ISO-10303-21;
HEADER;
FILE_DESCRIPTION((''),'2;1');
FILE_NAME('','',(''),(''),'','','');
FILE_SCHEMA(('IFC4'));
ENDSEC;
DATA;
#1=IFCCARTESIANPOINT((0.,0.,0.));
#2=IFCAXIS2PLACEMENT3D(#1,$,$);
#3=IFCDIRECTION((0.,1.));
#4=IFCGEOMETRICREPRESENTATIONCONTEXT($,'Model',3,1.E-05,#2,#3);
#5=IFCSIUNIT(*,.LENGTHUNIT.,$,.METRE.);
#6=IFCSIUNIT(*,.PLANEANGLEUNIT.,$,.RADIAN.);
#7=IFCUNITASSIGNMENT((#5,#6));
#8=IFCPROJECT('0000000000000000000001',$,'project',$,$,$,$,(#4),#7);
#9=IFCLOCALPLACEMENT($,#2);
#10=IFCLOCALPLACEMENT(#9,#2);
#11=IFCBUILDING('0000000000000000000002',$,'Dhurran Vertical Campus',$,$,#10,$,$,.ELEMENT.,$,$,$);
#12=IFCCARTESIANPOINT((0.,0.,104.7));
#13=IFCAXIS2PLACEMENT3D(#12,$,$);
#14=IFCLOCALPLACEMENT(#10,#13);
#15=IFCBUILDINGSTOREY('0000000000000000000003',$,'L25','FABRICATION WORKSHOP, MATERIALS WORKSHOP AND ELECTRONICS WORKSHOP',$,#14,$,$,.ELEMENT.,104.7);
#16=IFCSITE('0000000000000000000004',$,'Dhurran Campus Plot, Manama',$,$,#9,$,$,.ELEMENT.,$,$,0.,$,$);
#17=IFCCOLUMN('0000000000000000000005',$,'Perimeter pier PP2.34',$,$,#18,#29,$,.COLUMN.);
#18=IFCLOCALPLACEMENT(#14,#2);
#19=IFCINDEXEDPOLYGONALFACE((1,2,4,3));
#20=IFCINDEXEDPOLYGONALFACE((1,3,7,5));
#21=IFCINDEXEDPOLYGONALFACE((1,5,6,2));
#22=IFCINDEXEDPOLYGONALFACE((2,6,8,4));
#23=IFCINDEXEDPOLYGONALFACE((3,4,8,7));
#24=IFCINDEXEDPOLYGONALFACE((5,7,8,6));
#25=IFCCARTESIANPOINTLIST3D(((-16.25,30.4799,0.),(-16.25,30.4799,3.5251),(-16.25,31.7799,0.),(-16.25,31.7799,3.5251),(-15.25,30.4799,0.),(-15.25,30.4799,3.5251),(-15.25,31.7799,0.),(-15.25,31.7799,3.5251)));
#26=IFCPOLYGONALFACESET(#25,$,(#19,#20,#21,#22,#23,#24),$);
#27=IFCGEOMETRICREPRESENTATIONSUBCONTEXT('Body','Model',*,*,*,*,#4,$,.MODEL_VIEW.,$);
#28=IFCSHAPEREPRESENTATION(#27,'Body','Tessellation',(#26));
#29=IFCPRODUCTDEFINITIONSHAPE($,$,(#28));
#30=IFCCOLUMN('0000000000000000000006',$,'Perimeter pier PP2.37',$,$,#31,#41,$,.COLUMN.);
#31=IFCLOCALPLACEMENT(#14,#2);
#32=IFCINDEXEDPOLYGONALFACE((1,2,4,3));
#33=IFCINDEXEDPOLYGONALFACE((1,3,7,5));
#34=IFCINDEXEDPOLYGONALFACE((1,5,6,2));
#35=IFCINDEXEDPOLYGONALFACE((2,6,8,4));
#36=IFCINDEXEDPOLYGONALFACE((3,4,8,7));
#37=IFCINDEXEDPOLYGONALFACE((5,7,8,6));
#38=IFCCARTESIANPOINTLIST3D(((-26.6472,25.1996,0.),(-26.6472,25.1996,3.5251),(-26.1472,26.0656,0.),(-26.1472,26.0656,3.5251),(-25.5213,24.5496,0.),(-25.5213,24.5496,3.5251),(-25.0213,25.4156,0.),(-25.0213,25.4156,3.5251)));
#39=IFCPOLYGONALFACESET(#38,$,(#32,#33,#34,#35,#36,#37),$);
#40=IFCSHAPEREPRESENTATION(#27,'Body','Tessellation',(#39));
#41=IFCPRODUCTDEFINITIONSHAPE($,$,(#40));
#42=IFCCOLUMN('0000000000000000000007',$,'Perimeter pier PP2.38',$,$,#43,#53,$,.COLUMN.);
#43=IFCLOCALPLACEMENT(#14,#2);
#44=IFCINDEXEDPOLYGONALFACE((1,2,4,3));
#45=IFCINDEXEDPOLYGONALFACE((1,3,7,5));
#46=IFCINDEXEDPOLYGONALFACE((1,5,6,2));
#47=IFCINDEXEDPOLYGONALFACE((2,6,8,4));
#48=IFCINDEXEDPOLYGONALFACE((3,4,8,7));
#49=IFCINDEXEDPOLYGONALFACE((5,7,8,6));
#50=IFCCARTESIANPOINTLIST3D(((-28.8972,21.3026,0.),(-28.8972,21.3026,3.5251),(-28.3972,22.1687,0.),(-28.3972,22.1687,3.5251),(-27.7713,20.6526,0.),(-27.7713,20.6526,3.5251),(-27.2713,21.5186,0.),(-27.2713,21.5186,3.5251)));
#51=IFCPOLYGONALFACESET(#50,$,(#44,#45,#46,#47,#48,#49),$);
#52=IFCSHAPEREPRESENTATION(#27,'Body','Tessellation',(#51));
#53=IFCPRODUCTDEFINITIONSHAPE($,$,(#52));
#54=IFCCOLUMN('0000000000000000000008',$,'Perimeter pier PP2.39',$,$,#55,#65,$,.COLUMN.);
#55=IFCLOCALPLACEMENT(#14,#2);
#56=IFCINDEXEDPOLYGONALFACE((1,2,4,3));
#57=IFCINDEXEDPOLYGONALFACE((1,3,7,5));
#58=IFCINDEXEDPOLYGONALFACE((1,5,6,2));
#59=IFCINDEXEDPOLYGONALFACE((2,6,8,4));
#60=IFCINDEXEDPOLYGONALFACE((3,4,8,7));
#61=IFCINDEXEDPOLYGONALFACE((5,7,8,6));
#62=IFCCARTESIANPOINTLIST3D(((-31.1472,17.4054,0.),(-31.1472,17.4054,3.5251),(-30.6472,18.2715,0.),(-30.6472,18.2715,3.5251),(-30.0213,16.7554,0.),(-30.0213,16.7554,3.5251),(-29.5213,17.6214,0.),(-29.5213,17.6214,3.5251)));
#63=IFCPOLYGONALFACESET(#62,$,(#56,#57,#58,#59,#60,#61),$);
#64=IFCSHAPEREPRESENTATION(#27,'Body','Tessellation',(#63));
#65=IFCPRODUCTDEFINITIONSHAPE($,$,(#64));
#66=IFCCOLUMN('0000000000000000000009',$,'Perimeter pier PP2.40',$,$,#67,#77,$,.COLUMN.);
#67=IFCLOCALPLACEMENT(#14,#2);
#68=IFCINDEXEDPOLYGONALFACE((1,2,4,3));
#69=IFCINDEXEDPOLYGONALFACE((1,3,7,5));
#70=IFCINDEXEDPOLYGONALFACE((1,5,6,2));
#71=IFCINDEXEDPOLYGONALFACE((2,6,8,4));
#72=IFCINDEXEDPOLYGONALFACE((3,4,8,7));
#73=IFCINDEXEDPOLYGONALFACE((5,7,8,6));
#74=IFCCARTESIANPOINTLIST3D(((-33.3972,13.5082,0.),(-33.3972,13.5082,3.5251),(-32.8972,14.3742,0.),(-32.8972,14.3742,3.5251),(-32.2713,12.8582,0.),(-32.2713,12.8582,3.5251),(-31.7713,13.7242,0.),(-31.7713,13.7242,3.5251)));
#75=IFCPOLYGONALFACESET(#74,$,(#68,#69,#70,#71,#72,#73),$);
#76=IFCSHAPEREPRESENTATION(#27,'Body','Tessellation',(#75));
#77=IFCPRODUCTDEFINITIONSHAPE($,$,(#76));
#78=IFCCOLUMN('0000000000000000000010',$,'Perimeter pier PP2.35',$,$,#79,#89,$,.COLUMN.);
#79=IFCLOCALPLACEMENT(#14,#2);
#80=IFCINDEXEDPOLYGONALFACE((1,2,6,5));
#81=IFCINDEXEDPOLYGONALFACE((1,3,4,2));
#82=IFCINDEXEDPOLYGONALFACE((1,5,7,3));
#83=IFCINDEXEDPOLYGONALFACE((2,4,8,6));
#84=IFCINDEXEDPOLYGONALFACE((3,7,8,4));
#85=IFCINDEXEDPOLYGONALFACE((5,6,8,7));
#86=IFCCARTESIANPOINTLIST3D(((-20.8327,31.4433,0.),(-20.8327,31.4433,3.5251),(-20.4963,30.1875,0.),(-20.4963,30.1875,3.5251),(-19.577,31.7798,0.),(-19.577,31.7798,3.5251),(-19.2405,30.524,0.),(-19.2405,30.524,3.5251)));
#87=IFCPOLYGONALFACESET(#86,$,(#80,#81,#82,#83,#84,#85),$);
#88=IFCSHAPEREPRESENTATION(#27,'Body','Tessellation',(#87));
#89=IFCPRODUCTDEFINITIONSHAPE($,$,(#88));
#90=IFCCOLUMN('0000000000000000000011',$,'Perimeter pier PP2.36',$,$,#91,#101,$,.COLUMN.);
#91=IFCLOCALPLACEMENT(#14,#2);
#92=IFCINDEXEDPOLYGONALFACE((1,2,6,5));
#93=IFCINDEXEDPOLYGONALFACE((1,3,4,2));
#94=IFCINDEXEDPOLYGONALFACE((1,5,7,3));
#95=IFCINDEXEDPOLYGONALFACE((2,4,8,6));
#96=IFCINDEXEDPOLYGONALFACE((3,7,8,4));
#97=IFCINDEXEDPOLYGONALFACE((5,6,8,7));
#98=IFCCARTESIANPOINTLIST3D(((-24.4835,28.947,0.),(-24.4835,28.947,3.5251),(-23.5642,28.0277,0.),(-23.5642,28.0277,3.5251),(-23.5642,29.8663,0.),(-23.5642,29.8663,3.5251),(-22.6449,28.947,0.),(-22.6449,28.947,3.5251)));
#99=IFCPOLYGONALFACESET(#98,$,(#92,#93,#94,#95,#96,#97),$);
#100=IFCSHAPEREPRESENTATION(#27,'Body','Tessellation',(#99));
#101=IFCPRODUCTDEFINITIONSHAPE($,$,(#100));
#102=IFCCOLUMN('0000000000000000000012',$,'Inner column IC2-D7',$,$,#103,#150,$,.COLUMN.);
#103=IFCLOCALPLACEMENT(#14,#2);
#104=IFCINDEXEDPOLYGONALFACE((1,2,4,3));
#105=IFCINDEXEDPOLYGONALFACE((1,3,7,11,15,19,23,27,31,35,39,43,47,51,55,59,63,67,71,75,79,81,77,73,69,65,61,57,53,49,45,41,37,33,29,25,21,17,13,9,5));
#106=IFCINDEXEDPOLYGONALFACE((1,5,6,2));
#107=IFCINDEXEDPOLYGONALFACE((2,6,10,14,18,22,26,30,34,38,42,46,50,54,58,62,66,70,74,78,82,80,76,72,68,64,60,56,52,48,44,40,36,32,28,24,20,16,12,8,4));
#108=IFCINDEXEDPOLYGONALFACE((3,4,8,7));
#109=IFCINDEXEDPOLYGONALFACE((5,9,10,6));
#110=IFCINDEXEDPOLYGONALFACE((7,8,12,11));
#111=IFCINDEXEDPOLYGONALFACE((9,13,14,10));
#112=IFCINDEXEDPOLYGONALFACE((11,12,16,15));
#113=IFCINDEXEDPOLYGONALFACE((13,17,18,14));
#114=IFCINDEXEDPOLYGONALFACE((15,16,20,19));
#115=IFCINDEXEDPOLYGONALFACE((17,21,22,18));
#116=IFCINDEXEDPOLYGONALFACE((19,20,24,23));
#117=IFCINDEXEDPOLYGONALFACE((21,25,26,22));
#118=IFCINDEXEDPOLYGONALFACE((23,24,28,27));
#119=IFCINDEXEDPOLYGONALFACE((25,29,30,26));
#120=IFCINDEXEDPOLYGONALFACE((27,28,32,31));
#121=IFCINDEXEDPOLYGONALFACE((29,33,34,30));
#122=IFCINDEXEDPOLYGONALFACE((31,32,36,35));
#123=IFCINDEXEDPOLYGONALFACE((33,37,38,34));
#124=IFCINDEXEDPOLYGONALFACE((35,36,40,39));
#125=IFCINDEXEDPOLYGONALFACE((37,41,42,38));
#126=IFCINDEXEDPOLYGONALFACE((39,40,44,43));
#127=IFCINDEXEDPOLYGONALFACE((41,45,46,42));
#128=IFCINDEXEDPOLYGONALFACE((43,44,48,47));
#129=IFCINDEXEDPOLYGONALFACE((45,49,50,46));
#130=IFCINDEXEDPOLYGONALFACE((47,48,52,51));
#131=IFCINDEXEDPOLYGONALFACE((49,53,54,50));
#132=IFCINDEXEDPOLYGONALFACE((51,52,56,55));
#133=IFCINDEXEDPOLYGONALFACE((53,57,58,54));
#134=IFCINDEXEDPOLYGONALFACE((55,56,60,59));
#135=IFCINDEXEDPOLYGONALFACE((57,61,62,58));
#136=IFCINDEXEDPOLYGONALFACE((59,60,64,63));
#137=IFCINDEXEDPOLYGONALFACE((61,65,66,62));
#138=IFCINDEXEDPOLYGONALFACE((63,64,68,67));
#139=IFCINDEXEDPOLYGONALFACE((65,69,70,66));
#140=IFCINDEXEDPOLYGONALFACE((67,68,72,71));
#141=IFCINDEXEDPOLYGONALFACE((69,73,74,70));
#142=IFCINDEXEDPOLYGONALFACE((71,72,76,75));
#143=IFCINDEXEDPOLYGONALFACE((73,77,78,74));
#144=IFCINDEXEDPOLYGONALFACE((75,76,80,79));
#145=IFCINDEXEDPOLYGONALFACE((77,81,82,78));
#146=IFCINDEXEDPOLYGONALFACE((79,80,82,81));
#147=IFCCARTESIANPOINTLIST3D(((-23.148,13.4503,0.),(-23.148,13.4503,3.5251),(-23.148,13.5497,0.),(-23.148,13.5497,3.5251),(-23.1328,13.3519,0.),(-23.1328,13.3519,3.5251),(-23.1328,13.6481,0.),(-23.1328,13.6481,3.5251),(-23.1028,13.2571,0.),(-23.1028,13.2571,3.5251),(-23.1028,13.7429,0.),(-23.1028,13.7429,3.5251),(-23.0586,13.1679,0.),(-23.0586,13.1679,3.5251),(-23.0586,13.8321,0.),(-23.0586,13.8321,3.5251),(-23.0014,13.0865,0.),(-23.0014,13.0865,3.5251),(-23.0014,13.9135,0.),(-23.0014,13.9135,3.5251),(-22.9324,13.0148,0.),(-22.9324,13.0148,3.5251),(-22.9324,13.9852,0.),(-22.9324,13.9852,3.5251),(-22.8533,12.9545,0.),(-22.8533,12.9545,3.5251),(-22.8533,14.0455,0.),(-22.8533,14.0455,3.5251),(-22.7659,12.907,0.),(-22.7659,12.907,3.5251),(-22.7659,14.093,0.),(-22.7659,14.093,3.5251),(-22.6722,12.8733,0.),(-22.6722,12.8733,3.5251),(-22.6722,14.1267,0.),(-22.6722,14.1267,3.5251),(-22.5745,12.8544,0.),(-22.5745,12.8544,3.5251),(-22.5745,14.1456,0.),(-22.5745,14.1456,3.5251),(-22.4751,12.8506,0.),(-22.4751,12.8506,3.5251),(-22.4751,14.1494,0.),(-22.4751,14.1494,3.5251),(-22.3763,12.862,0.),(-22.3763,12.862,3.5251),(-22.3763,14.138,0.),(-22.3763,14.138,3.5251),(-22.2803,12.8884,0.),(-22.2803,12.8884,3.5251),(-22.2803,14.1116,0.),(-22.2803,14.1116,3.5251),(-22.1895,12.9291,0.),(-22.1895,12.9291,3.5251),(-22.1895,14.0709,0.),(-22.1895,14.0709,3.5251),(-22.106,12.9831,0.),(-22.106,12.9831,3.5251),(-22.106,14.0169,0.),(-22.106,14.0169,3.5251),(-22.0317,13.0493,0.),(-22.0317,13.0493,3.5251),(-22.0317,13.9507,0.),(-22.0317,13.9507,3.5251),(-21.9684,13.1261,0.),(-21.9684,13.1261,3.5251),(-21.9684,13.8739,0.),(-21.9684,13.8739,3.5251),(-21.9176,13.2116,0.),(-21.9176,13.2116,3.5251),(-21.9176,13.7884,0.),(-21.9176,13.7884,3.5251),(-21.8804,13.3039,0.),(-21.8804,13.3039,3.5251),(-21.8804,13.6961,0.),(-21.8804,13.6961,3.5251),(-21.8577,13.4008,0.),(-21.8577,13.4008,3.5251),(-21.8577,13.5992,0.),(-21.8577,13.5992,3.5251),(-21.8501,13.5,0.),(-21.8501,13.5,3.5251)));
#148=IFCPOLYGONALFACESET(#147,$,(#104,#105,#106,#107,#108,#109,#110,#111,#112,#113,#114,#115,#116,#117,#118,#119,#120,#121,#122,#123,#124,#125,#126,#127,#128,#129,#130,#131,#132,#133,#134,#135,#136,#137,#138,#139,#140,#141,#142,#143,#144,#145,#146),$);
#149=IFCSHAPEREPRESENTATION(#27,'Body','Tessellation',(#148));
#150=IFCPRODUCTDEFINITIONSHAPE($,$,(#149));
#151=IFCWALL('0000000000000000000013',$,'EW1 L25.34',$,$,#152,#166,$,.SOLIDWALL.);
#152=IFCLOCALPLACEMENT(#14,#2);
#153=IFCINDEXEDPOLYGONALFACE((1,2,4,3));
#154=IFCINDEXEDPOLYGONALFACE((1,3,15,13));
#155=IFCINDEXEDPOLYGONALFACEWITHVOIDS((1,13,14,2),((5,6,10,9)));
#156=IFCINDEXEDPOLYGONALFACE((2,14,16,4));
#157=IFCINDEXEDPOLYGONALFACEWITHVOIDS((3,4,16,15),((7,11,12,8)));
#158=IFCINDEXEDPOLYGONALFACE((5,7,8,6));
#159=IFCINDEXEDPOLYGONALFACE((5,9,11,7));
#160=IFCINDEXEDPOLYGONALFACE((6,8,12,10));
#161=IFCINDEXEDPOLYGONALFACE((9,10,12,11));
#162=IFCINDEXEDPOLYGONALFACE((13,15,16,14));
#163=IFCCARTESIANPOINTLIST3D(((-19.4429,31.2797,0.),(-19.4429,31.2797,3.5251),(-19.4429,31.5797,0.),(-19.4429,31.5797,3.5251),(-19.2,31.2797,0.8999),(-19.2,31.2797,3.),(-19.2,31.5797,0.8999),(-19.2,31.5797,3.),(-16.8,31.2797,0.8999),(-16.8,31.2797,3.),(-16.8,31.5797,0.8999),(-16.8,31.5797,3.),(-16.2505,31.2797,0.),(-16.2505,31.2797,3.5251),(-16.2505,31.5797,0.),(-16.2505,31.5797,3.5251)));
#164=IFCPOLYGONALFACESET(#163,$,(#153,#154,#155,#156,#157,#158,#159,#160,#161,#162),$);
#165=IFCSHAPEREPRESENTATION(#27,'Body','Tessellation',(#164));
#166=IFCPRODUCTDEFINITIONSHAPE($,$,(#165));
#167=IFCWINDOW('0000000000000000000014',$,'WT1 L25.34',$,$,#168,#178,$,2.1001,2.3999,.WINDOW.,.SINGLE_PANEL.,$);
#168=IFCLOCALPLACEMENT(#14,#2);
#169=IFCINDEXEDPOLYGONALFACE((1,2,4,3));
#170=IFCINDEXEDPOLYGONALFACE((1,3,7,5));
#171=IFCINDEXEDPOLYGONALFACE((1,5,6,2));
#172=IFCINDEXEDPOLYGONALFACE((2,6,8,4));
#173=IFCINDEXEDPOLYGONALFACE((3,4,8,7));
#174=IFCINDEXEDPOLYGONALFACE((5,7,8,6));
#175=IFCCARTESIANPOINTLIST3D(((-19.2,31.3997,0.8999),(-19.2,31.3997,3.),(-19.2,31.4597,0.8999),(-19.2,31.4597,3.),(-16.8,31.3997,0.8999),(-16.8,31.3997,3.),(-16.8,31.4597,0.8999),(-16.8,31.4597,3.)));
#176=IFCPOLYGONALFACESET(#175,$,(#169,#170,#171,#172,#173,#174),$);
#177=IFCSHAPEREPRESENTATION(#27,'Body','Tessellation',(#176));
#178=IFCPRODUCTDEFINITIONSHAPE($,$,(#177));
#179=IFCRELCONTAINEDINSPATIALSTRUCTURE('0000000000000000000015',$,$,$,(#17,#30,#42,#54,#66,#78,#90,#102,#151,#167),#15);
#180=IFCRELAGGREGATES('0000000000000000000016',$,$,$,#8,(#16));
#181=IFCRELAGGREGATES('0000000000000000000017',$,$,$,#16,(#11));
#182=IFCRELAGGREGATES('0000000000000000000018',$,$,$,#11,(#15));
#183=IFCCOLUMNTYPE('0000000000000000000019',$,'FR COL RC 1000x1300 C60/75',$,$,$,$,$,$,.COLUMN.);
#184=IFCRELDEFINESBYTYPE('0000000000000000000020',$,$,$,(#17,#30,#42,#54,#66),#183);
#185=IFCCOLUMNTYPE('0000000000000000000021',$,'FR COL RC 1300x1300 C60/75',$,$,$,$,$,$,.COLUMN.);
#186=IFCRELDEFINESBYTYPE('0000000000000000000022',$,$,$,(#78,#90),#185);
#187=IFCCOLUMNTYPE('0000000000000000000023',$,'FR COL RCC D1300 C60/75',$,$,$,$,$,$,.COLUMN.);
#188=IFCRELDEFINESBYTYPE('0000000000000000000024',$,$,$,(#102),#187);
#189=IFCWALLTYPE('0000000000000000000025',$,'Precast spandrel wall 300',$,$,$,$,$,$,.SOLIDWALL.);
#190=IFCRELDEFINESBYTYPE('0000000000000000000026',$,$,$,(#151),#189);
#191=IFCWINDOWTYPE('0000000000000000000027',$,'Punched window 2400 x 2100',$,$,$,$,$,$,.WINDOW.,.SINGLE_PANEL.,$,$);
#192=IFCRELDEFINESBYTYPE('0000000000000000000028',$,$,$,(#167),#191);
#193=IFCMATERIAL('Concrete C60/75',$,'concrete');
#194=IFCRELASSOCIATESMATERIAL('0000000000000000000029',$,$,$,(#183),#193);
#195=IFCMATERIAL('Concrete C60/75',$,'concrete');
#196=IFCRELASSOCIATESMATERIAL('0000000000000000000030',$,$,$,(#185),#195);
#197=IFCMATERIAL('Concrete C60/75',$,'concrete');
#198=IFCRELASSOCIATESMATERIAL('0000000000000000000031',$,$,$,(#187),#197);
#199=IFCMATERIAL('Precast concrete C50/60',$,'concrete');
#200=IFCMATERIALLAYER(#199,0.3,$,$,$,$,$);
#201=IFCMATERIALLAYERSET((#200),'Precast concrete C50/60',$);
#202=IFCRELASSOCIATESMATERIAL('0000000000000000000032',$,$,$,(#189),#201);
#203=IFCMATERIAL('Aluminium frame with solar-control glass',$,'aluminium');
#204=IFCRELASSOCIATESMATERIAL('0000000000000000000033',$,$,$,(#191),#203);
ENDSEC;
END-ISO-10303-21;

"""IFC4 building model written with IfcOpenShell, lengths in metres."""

from ifc_helpers import new_model, si_unit, direction, frame, frame_2d, origin, origin_2d, place, context, subcontext, project, spatial, rectangle, circle, extrude, material, layer, layer_set, material_profile, profile_set, type_object, element, fill, save


model = new_model("IFC4")

# Units and contexts
model_context = context("Model", 3, precision=1e-05, world=origin(), true_north=direction((0.0, 1.0)))
body_context = subcontext(model_context, "Body", "Model", "MODEL_VIEW")
ifc_project = project(units=[si_unit("LENGTHUNIT", "METRE"), si_unit("PLANEANGLEUNIT", "RADIAN")], contexts=[model_context])

# Site, building, storey
site_placement = place(None, origin())
site = spatial("IfcSite", under=ifc_project, at=site_placement, Name="Dhurran Campus Plot, Manama", CompositionType="ELEMENT", RefElevation=0.0)
building_placement = place(site_placement, origin())
building = spatial("IfcBuilding", under=site, at=building_placement, Name="Dhurran Vertical Campus", CompositionType="ELEMENT")
storey_placement = place(building_placement, frame((0.0, 0.0, 104.7)))
storey = spatial("IfcBuildingStorey", under=building, at=storey_placement, Name="L25", Description="FABRICATION WORKSHOP, MATERIALS WORKSHOP AND ELECTRONICS WORKSHOP", CompositionType="ELEMENT", Elevation=104.7)

# Columns
ifc_material_1 = material(Name="Concrete C60/75", Category="concrete")
ifc_material_profile_1 = material_profile(ifc_material_1, rectangle(XDim=1.0, YDim=1.3, at=origin_2d()), Name="RC 1000x1300")
ifc_profile_set_1 = profile_set([ifc_material_profile_1], Name="Concrete C60/75")
column_type_1 = type_object("IfcColumnType", Name="FR COL RC 1000x1300 C60/75", PredefinedType="COLUMN", material=ifc_profile_set_1)
for number, where, z_axis, x_axis, name in (
    (1, (-15.75, 31.1299, 0.0), (0.0, 0.0, 1.0), (-1.0, 0.0, 0.0), "Perimeter pier PP2.34"),
    (2, (-25.8342, 25.3076, 0.0), (0.0, 0.0, 1.0), (-0.5, -0.866025, 0.0), "Perimeter pier PP2.37"),
    (3, (-28.0842, 21.4106, 0.0), (0.0, 0.0, 1.0), (-0.5, -0.866025, 0.0), "Perimeter pier PP2.38"),
    (4, (-30.3342, 17.5134, 0.0), (0.0, 0.0, 1.0), (-0.5, -0.866025, 0.0), "Perimeter pier PP2.39"),
    (5, (-32.5842, 13.6162, 0.0), (0.0, 0.0, 1.0), (-0.5, -0.866025, 0.0), "Perimeter pier PP2.40"),
):
    element("IfcColumn", number, at=place(storey_placement, frame(where, z_axis=z_axis, x_axis=x_axis)), inside=storey, type_object=column_type_1, Name=name, PredefinedType="COLUMN", context=body_context, shape_type="SweptSolid", body=[
        extrude(rectangle(XDim=1.0, YDim=1.3, at=origin_2d()), origin(), (0.0, 0.0, 1.0), 3.5251),
    ])
ifc_material_2 = material(Name="Concrete C60/75", Category="concrete")
ifc_material_profile_2 = material_profile(ifc_material_2, rectangle(XDim=1.3, YDim=1.3, at=origin_2d()), Name="RC 1300x1300")
ifc_profile_set_2 = profile_set([ifc_material_profile_2], Name="Concrete C60/75")
column_type_2 = type_object("IfcColumnType", Name="FR COL RC 1300x1300 C60/75", PredefinedType="COLUMN", material=ifc_profile_set_2)
for number, where, z_axis, x_axis, name in (
    (6, (-20.0366, 30.9836, 0.0), (0.0, 0.0, 1.0), (-0.965926, -0.258819, 0.0), "Perimeter pier PP2.35"),
    (7, (-23.5642, 28.947, 0.0), (0.0, 0.0, 1.0), (-0.707107, -0.707107, 0.0), "Perimeter pier PP2.36"),
):
    element("IfcColumn", number, at=place(storey_placement, frame(where, z_axis=z_axis, x_axis=x_axis)), inside=storey, type_object=column_type_2, Name=name, PredefinedType="COLUMN", context=body_context, shape_type="SweptSolid", body=[
        extrude(rectangle(XDim=1.3, YDim=1.3, at=origin_2d()), origin(), (0.0, 0.0, 1.0), 3.5251),
    ])
ifc_material_3 = material(Name="Concrete C60/75", Category="concrete")
ifc_material_profile_3 = material_profile(ifc_material_3, circle(Radius=0.6499, at=origin_2d()), Name="RCC D1300")
ifc_profile_set_3 = profile_set([ifc_material_profile_3], Name="Concrete C60/75")
column_type_3 = type_object("IfcColumnType", Name="FR COL RCC D1300 C60/75", PredefinedType="COLUMN", material=ifc_profile_set_3)
column_placement = place(storey_placement, frame((-22.5, 13.5, 0.0), z_axis=(0.0, 0.0, 1.0), x_axis=(1.0, 0.0, 0.0)))
element("IfcColumn", 8, at=column_placement, inside=storey, type_object=column_type_3, Name="Inner column IC2-D7", PredefinedType="COLUMN", context=body_context, shape_type="SweptSolid", body=[
    extrude(circle(Radius=0.6499, at=origin_2d()), origin(), (0.0, 0.0, 1.0), 3.5251),
])

# Wall, opening, window
ifc_material_4 = material(Name="Precast concrete C50/60", Category="concrete")
ifc_layer_1 = layer(ifc_material_4, 0.3)
ifc_layer_set_1 = layer_set([ifc_layer_1], Name="Precast concrete C50/60")
wall_type_1 = type_object("IfcWallType", Name="Precast spandrel wall 300", PredefinedType="SOLIDWALL", material=ifc_layer_set_1)
wall_1_placement = place(storey_placement, frame((-16.2505, 31.4297, 0.0), z_axis=(0.0, 0.0, 1.0), x_axis=(-1.0, 0.0, 0.0)))
wall_1 = element("IfcWall", 9, at=wall_1_placement, inside=storey, type_object=wall_type_1, Name="EW1 L25.34", PredefinedType="SOLIDWALL", context=body_context, shape_type="SweptSolid", body=[
    extrude(rectangle(XDim=3.1924, YDim=0.3, at=frame_2d((1.5962, 0.0))), origin(), (0.0, 0.0, 1.0), 3.5251),
])
opening_1_placement = place(wall_1_placement, frame((0.5496, 0.0, 0.8999)))
opening_1 = element("IfcOpeningElement", 10, at=opening_1_placement, cuts=wall_1, PredefinedType="OPENING", context=body_context, shape_type="SweptSolid", body=[
    extrude(rectangle(XDim=2.3999, YDim=2.1001, at=frame_2d((1.2, 1.05))), frame((0.0, 0.1599, 0.0), z_axis=(0.0, -1.0, 0.0), x_axis=(1.0, 0.0, 0.0)), (0.0, 0.0, 1.0), 0.3201),
])
ifc_material_5 = material(Name="Aluminium frame with solar-control glass", Category="aluminium")
window_type = type_object("IfcWindowType", Name="Punched window 2400 x 2100", PartitioningType="SINGLE_PANEL", PredefinedType="WINDOW", material=ifc_material_5)
window_1_placement = place(opening_1_placement, origin())
window_1 = element("IfcWindow", 11, at=window_1_placement, inside=storey, type_object=window_type, Name="WT1 L25.34", OverallHeight=2.1001, OverallWidth=2.3999, PartitioningType="SINGLE_PANEL", PredefinedType="WINDOW", context=body_context, shape_type="SweptSolid", body=[
    extrude(rectangle(XDim=2.3999, YDim=2.1001, at=frame_2d((1.2, 1.05))), frame((0.0, 0.03, 0.0), z_axis=(0.0, -1.0, 0.0), x_axis=(1.0, 0.0, 0.0)), (0.0, 0.0, 1.0), 0.0601),
])
fill(opening_1, window_1)

save(model, "model.ifc")
